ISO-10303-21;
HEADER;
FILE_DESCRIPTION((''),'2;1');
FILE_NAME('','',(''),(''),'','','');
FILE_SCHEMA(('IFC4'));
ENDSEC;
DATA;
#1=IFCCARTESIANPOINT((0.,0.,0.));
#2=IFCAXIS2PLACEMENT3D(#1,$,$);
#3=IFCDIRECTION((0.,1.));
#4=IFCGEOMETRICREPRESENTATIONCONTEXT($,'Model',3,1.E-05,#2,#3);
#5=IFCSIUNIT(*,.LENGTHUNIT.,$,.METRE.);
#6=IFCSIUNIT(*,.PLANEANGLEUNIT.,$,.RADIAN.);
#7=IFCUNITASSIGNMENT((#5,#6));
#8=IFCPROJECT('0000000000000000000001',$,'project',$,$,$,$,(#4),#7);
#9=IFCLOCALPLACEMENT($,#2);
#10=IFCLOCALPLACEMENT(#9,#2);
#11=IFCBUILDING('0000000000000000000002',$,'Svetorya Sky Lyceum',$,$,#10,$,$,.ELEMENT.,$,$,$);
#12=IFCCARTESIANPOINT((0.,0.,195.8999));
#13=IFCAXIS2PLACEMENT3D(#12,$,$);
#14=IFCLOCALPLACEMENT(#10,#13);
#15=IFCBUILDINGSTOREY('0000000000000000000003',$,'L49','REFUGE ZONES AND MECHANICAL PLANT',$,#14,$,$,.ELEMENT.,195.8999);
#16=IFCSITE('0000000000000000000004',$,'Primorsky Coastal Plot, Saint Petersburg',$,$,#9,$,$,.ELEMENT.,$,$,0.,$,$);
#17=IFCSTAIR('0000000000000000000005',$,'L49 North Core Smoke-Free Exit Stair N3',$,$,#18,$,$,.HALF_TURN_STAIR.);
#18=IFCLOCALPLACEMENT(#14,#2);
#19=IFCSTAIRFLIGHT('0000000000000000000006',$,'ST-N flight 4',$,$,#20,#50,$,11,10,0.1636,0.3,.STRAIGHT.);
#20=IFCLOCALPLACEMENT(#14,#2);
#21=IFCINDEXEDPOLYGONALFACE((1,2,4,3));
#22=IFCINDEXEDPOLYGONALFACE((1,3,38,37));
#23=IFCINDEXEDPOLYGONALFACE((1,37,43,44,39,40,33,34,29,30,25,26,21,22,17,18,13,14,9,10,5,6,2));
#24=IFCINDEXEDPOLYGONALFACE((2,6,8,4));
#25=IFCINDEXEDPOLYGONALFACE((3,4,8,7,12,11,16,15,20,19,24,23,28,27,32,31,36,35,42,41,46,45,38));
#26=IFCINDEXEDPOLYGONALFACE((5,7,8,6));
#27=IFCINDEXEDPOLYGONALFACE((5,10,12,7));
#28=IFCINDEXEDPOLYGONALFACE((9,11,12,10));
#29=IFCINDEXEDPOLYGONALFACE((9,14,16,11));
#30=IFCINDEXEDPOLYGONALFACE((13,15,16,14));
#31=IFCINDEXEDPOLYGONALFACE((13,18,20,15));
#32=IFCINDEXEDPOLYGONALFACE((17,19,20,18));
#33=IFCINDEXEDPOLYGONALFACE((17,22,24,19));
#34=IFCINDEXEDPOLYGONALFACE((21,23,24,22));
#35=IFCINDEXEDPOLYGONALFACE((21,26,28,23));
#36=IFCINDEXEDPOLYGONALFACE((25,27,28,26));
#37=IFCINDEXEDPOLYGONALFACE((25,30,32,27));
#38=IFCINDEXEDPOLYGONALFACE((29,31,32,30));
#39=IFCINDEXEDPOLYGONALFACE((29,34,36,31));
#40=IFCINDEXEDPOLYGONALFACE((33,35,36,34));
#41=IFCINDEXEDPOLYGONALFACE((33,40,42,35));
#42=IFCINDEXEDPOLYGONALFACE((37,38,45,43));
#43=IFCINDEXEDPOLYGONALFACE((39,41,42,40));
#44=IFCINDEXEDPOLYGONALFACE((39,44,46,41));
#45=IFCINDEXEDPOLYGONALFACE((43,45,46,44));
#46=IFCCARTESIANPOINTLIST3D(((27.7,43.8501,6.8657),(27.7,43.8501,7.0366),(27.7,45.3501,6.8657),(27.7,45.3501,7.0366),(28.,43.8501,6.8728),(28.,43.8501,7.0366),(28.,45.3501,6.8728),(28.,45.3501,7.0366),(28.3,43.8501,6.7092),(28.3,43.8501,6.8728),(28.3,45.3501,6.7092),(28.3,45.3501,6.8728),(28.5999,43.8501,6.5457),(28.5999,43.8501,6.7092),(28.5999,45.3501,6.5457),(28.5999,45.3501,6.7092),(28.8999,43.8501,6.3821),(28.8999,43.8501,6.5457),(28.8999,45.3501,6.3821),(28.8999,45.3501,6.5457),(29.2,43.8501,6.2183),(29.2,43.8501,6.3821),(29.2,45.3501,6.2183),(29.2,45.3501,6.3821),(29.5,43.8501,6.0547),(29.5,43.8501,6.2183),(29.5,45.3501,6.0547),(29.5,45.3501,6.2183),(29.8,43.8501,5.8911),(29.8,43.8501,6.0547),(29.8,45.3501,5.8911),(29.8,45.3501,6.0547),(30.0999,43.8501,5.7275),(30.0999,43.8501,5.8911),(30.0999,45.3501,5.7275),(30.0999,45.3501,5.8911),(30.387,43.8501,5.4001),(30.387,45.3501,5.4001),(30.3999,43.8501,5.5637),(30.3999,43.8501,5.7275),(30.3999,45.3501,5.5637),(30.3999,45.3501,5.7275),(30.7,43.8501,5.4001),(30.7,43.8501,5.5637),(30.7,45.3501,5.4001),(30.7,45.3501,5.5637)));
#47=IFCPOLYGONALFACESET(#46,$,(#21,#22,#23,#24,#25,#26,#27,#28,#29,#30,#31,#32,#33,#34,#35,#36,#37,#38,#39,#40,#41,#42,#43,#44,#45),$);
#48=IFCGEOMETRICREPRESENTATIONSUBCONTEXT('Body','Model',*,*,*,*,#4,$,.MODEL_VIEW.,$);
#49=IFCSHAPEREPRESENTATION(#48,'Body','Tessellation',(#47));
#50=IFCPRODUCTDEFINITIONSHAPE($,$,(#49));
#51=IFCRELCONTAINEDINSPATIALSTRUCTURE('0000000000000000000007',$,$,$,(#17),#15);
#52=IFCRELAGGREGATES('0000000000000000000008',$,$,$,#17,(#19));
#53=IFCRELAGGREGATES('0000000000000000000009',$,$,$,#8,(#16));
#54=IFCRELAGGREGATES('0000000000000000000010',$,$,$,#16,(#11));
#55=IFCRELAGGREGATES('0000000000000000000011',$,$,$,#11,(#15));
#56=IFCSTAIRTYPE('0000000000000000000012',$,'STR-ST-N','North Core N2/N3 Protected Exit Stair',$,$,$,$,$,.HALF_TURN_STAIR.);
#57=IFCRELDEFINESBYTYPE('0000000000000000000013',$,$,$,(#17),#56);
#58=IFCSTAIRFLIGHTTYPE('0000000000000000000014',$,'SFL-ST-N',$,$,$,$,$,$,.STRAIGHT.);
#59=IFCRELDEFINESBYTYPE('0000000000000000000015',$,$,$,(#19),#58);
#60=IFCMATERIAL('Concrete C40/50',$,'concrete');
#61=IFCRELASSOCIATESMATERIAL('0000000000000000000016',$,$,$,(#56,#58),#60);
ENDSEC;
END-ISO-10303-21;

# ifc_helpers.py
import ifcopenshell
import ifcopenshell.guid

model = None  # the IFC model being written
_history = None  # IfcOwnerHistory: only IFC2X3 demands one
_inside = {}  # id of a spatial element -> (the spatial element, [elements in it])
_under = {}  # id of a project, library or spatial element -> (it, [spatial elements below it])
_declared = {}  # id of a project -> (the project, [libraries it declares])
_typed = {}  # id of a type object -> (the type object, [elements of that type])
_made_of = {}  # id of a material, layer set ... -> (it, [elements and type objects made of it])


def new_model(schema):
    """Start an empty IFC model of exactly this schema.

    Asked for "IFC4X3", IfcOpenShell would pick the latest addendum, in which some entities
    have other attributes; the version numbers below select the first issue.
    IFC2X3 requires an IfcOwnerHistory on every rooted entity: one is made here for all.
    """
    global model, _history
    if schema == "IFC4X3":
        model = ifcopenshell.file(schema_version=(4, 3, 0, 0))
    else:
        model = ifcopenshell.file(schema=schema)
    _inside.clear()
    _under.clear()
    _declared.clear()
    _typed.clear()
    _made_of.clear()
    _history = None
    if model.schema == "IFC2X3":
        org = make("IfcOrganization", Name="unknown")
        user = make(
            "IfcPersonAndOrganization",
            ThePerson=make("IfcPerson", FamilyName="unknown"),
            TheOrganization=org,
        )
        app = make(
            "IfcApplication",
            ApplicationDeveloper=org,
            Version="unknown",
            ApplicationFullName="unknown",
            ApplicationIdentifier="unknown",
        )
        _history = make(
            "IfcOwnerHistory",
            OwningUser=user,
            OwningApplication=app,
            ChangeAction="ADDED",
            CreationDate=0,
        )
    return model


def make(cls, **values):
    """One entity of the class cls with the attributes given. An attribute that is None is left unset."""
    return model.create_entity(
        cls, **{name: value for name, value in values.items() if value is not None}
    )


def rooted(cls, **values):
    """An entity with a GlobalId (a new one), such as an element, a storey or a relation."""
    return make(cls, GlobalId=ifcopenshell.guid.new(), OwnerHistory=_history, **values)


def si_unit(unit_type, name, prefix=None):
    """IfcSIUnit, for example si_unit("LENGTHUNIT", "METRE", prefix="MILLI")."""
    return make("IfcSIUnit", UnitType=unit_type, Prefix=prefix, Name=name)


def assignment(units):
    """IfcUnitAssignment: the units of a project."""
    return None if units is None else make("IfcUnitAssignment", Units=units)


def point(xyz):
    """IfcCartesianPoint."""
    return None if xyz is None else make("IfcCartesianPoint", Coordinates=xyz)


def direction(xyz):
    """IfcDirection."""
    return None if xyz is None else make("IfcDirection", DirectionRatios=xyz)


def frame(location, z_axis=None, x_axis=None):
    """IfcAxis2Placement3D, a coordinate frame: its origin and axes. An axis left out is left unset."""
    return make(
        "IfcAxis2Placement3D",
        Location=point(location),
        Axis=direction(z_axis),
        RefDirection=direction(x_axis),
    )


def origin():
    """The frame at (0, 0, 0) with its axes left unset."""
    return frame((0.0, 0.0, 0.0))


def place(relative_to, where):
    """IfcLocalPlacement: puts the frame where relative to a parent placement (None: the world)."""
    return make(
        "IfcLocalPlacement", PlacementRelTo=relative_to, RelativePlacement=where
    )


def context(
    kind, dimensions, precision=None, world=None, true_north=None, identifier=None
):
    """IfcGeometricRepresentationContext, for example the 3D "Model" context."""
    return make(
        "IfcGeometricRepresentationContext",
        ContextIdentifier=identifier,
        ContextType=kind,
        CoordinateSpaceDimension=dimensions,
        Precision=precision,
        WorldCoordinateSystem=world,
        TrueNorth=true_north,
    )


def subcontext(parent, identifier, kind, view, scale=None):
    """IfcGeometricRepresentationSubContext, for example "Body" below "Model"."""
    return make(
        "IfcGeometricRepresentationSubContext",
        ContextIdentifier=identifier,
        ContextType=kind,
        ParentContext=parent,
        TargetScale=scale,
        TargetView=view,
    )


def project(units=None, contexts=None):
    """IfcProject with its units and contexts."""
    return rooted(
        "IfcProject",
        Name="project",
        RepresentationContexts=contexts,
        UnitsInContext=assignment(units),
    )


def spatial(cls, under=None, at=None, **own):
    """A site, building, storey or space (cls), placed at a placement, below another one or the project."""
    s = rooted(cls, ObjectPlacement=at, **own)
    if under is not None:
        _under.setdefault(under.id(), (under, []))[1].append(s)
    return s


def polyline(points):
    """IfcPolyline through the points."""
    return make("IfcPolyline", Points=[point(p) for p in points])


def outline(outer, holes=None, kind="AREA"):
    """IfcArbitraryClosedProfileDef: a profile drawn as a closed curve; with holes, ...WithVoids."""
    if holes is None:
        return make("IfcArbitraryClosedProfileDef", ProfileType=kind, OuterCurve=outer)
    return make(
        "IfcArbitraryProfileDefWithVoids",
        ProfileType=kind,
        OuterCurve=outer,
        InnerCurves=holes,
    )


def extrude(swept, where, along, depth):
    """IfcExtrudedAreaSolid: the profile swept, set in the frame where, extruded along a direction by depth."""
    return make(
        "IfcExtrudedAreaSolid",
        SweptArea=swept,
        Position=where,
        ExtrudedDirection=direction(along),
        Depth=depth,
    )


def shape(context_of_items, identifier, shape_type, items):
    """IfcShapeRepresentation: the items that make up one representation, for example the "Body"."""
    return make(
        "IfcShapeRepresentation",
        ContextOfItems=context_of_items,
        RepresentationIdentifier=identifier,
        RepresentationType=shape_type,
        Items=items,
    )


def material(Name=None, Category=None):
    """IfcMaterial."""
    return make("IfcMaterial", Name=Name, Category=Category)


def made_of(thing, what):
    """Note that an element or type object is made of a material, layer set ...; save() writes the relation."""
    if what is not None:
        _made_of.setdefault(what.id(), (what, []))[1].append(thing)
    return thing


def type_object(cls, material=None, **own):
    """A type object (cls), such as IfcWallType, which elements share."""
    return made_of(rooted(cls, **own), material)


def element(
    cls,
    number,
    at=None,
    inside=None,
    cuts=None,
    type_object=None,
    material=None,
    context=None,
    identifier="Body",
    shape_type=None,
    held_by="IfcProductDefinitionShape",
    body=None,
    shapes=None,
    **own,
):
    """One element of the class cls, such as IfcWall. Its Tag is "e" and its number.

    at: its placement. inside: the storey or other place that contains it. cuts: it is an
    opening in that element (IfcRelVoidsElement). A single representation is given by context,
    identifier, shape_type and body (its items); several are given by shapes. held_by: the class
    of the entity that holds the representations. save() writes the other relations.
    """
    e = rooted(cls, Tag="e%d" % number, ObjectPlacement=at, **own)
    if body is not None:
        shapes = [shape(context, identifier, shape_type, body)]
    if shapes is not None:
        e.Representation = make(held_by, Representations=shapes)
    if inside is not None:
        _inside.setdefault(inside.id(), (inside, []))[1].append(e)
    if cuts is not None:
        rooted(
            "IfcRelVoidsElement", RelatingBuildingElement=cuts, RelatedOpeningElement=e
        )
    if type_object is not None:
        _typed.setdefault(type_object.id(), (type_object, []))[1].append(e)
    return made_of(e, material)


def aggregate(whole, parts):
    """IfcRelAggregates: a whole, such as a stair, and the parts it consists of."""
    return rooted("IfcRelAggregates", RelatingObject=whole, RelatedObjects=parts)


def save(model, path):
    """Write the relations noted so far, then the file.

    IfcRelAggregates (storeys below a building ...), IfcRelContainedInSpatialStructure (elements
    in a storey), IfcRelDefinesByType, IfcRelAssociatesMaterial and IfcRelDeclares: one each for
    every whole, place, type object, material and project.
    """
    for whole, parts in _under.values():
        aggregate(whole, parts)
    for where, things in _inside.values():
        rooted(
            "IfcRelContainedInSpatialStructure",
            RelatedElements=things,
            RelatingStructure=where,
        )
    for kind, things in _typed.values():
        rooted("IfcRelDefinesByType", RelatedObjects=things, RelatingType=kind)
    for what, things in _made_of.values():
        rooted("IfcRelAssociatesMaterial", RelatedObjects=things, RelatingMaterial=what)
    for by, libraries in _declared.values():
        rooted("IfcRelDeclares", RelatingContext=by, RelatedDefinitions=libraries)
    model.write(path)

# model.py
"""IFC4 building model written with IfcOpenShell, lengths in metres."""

from ifc_helpers import new_model, si_unit, direction, frame, origin, place, context, subcontext, project, spatial, polyline, outline, extrude, material, type_object, element, aggregate, save


model = new_model("IFC4")

# Units and contexts
model_context = context("Model", 3, precision=1e-05, world=origin(), true_north=direction((0.0, 1.0)))
body_context = subcontext(model_context, "Body", "Model", "MODEL_VIEW")
ifc_project = project(units=[si_unit("LENGTHUNIT", "METRE"), si_unit("PLANEANGLEUNIT", "RADIAN")], contexts=[model_context])

# Site, building, storey
site_placement = place(None, origin())
site = spatial("IfcSite", under=ifc_project, at=site_placement, Name="Primorsky Coastal Plot, Saint Petersburg", CompositionType="ELEMENT", RefElevation=0.0)
building_placement = place(site_placement, origin())
building = spatial("IfcBuilding", under=site, at=building_placement, Name="Svetorya Sky Lyceum", CompositionType="ELEMENT")
storey_placement = place(building_placement, frame((0.0, 0.0, 195.8999)))
storey = spatial("IfcBuildingStorey", under=building, at=storey_placement, Name="L49", Description="REFUGE ZONES AND MECHANICAL PLANT", CompositionType="ELEMENT", Elevation=195.8999)

# Stair, stair flight
ifc_material_1 = material(Name="Concrete C40/50", Category="concrete")
stair_type = type_object("IfcStairType", Name="STR-ST-N", Description="North Core N2/N3 Protected Exit Stair", PredefinedType="HALF_TURN_STAIR", material=ifc_material_1)
stair_placement = place(storey_placement, origin())
stair = element("IfcStair", 1, at=stair_placement, inside=storey, type_object=stair_type, Name="L49 North Core Smoke-Free Exit Stair N3", PredefinedType="HALF_TURN_STAIR")
stair_flight_type = type_object("IfcStairFlightType", Name="SFL-ST-N", PredefinedType="STRAIGHT", material=ifc_material_1)
stair_flight_1_placement = place(storey_placement, frame((30.7, 44.6001, 5.4001), z_axis=(0.0, 0.0, 1.0), x_axis=(-1.0, 0.0, 0.0)))
stair_flight_1 = element("IfcStairFlight", 2, at=stair_flight_1_placement, type_object=stair_flight_type, Name="ST-N flight 4", NumberOfRisers=11, NumberOfTreads=10, PredefinedType="STRAIGHT", RiserHeight=0.1636, TreadLength=0.3, context=body_context, shape_type="SweptSolid", body=[
    extrude(outline(polyline([(0.0, 0.0), (0.0, 0.1636), (0.3, 0.1636), (0.3, 0.3274), (0.6001, 0.3274), (0.6001, 0.491), (0.8999, 0.491), (0.8999, 0.6545), (1.2, 0.6545), (1.2, 0.8181), (1.5, 0.8181), (1.5, 0.9819), (1.8, 0.9819), (1.8, 1.1455), (2.1001, 1.1455), (2.1001, 1.3091), (2.3999, 1.3091), (2.3999, 1.4727), (2.7, 1.4727), (2.7, 1.6365), (3.0, 1.6365), (3.0, 1.8), (3.0, 1.4656), (0.313, 0.0), (0.0, 0.0)])), frame((0.0, 0.75, 0.0), z_axis=(0.0, -1.0, 0.0), x_axis=(1.0, 0.0, 0.0)), (0.0, 0.0, 1.0), 1.5),
])
aggregate(stair, [stair_flight_1])

save(model, "model.ifc")
